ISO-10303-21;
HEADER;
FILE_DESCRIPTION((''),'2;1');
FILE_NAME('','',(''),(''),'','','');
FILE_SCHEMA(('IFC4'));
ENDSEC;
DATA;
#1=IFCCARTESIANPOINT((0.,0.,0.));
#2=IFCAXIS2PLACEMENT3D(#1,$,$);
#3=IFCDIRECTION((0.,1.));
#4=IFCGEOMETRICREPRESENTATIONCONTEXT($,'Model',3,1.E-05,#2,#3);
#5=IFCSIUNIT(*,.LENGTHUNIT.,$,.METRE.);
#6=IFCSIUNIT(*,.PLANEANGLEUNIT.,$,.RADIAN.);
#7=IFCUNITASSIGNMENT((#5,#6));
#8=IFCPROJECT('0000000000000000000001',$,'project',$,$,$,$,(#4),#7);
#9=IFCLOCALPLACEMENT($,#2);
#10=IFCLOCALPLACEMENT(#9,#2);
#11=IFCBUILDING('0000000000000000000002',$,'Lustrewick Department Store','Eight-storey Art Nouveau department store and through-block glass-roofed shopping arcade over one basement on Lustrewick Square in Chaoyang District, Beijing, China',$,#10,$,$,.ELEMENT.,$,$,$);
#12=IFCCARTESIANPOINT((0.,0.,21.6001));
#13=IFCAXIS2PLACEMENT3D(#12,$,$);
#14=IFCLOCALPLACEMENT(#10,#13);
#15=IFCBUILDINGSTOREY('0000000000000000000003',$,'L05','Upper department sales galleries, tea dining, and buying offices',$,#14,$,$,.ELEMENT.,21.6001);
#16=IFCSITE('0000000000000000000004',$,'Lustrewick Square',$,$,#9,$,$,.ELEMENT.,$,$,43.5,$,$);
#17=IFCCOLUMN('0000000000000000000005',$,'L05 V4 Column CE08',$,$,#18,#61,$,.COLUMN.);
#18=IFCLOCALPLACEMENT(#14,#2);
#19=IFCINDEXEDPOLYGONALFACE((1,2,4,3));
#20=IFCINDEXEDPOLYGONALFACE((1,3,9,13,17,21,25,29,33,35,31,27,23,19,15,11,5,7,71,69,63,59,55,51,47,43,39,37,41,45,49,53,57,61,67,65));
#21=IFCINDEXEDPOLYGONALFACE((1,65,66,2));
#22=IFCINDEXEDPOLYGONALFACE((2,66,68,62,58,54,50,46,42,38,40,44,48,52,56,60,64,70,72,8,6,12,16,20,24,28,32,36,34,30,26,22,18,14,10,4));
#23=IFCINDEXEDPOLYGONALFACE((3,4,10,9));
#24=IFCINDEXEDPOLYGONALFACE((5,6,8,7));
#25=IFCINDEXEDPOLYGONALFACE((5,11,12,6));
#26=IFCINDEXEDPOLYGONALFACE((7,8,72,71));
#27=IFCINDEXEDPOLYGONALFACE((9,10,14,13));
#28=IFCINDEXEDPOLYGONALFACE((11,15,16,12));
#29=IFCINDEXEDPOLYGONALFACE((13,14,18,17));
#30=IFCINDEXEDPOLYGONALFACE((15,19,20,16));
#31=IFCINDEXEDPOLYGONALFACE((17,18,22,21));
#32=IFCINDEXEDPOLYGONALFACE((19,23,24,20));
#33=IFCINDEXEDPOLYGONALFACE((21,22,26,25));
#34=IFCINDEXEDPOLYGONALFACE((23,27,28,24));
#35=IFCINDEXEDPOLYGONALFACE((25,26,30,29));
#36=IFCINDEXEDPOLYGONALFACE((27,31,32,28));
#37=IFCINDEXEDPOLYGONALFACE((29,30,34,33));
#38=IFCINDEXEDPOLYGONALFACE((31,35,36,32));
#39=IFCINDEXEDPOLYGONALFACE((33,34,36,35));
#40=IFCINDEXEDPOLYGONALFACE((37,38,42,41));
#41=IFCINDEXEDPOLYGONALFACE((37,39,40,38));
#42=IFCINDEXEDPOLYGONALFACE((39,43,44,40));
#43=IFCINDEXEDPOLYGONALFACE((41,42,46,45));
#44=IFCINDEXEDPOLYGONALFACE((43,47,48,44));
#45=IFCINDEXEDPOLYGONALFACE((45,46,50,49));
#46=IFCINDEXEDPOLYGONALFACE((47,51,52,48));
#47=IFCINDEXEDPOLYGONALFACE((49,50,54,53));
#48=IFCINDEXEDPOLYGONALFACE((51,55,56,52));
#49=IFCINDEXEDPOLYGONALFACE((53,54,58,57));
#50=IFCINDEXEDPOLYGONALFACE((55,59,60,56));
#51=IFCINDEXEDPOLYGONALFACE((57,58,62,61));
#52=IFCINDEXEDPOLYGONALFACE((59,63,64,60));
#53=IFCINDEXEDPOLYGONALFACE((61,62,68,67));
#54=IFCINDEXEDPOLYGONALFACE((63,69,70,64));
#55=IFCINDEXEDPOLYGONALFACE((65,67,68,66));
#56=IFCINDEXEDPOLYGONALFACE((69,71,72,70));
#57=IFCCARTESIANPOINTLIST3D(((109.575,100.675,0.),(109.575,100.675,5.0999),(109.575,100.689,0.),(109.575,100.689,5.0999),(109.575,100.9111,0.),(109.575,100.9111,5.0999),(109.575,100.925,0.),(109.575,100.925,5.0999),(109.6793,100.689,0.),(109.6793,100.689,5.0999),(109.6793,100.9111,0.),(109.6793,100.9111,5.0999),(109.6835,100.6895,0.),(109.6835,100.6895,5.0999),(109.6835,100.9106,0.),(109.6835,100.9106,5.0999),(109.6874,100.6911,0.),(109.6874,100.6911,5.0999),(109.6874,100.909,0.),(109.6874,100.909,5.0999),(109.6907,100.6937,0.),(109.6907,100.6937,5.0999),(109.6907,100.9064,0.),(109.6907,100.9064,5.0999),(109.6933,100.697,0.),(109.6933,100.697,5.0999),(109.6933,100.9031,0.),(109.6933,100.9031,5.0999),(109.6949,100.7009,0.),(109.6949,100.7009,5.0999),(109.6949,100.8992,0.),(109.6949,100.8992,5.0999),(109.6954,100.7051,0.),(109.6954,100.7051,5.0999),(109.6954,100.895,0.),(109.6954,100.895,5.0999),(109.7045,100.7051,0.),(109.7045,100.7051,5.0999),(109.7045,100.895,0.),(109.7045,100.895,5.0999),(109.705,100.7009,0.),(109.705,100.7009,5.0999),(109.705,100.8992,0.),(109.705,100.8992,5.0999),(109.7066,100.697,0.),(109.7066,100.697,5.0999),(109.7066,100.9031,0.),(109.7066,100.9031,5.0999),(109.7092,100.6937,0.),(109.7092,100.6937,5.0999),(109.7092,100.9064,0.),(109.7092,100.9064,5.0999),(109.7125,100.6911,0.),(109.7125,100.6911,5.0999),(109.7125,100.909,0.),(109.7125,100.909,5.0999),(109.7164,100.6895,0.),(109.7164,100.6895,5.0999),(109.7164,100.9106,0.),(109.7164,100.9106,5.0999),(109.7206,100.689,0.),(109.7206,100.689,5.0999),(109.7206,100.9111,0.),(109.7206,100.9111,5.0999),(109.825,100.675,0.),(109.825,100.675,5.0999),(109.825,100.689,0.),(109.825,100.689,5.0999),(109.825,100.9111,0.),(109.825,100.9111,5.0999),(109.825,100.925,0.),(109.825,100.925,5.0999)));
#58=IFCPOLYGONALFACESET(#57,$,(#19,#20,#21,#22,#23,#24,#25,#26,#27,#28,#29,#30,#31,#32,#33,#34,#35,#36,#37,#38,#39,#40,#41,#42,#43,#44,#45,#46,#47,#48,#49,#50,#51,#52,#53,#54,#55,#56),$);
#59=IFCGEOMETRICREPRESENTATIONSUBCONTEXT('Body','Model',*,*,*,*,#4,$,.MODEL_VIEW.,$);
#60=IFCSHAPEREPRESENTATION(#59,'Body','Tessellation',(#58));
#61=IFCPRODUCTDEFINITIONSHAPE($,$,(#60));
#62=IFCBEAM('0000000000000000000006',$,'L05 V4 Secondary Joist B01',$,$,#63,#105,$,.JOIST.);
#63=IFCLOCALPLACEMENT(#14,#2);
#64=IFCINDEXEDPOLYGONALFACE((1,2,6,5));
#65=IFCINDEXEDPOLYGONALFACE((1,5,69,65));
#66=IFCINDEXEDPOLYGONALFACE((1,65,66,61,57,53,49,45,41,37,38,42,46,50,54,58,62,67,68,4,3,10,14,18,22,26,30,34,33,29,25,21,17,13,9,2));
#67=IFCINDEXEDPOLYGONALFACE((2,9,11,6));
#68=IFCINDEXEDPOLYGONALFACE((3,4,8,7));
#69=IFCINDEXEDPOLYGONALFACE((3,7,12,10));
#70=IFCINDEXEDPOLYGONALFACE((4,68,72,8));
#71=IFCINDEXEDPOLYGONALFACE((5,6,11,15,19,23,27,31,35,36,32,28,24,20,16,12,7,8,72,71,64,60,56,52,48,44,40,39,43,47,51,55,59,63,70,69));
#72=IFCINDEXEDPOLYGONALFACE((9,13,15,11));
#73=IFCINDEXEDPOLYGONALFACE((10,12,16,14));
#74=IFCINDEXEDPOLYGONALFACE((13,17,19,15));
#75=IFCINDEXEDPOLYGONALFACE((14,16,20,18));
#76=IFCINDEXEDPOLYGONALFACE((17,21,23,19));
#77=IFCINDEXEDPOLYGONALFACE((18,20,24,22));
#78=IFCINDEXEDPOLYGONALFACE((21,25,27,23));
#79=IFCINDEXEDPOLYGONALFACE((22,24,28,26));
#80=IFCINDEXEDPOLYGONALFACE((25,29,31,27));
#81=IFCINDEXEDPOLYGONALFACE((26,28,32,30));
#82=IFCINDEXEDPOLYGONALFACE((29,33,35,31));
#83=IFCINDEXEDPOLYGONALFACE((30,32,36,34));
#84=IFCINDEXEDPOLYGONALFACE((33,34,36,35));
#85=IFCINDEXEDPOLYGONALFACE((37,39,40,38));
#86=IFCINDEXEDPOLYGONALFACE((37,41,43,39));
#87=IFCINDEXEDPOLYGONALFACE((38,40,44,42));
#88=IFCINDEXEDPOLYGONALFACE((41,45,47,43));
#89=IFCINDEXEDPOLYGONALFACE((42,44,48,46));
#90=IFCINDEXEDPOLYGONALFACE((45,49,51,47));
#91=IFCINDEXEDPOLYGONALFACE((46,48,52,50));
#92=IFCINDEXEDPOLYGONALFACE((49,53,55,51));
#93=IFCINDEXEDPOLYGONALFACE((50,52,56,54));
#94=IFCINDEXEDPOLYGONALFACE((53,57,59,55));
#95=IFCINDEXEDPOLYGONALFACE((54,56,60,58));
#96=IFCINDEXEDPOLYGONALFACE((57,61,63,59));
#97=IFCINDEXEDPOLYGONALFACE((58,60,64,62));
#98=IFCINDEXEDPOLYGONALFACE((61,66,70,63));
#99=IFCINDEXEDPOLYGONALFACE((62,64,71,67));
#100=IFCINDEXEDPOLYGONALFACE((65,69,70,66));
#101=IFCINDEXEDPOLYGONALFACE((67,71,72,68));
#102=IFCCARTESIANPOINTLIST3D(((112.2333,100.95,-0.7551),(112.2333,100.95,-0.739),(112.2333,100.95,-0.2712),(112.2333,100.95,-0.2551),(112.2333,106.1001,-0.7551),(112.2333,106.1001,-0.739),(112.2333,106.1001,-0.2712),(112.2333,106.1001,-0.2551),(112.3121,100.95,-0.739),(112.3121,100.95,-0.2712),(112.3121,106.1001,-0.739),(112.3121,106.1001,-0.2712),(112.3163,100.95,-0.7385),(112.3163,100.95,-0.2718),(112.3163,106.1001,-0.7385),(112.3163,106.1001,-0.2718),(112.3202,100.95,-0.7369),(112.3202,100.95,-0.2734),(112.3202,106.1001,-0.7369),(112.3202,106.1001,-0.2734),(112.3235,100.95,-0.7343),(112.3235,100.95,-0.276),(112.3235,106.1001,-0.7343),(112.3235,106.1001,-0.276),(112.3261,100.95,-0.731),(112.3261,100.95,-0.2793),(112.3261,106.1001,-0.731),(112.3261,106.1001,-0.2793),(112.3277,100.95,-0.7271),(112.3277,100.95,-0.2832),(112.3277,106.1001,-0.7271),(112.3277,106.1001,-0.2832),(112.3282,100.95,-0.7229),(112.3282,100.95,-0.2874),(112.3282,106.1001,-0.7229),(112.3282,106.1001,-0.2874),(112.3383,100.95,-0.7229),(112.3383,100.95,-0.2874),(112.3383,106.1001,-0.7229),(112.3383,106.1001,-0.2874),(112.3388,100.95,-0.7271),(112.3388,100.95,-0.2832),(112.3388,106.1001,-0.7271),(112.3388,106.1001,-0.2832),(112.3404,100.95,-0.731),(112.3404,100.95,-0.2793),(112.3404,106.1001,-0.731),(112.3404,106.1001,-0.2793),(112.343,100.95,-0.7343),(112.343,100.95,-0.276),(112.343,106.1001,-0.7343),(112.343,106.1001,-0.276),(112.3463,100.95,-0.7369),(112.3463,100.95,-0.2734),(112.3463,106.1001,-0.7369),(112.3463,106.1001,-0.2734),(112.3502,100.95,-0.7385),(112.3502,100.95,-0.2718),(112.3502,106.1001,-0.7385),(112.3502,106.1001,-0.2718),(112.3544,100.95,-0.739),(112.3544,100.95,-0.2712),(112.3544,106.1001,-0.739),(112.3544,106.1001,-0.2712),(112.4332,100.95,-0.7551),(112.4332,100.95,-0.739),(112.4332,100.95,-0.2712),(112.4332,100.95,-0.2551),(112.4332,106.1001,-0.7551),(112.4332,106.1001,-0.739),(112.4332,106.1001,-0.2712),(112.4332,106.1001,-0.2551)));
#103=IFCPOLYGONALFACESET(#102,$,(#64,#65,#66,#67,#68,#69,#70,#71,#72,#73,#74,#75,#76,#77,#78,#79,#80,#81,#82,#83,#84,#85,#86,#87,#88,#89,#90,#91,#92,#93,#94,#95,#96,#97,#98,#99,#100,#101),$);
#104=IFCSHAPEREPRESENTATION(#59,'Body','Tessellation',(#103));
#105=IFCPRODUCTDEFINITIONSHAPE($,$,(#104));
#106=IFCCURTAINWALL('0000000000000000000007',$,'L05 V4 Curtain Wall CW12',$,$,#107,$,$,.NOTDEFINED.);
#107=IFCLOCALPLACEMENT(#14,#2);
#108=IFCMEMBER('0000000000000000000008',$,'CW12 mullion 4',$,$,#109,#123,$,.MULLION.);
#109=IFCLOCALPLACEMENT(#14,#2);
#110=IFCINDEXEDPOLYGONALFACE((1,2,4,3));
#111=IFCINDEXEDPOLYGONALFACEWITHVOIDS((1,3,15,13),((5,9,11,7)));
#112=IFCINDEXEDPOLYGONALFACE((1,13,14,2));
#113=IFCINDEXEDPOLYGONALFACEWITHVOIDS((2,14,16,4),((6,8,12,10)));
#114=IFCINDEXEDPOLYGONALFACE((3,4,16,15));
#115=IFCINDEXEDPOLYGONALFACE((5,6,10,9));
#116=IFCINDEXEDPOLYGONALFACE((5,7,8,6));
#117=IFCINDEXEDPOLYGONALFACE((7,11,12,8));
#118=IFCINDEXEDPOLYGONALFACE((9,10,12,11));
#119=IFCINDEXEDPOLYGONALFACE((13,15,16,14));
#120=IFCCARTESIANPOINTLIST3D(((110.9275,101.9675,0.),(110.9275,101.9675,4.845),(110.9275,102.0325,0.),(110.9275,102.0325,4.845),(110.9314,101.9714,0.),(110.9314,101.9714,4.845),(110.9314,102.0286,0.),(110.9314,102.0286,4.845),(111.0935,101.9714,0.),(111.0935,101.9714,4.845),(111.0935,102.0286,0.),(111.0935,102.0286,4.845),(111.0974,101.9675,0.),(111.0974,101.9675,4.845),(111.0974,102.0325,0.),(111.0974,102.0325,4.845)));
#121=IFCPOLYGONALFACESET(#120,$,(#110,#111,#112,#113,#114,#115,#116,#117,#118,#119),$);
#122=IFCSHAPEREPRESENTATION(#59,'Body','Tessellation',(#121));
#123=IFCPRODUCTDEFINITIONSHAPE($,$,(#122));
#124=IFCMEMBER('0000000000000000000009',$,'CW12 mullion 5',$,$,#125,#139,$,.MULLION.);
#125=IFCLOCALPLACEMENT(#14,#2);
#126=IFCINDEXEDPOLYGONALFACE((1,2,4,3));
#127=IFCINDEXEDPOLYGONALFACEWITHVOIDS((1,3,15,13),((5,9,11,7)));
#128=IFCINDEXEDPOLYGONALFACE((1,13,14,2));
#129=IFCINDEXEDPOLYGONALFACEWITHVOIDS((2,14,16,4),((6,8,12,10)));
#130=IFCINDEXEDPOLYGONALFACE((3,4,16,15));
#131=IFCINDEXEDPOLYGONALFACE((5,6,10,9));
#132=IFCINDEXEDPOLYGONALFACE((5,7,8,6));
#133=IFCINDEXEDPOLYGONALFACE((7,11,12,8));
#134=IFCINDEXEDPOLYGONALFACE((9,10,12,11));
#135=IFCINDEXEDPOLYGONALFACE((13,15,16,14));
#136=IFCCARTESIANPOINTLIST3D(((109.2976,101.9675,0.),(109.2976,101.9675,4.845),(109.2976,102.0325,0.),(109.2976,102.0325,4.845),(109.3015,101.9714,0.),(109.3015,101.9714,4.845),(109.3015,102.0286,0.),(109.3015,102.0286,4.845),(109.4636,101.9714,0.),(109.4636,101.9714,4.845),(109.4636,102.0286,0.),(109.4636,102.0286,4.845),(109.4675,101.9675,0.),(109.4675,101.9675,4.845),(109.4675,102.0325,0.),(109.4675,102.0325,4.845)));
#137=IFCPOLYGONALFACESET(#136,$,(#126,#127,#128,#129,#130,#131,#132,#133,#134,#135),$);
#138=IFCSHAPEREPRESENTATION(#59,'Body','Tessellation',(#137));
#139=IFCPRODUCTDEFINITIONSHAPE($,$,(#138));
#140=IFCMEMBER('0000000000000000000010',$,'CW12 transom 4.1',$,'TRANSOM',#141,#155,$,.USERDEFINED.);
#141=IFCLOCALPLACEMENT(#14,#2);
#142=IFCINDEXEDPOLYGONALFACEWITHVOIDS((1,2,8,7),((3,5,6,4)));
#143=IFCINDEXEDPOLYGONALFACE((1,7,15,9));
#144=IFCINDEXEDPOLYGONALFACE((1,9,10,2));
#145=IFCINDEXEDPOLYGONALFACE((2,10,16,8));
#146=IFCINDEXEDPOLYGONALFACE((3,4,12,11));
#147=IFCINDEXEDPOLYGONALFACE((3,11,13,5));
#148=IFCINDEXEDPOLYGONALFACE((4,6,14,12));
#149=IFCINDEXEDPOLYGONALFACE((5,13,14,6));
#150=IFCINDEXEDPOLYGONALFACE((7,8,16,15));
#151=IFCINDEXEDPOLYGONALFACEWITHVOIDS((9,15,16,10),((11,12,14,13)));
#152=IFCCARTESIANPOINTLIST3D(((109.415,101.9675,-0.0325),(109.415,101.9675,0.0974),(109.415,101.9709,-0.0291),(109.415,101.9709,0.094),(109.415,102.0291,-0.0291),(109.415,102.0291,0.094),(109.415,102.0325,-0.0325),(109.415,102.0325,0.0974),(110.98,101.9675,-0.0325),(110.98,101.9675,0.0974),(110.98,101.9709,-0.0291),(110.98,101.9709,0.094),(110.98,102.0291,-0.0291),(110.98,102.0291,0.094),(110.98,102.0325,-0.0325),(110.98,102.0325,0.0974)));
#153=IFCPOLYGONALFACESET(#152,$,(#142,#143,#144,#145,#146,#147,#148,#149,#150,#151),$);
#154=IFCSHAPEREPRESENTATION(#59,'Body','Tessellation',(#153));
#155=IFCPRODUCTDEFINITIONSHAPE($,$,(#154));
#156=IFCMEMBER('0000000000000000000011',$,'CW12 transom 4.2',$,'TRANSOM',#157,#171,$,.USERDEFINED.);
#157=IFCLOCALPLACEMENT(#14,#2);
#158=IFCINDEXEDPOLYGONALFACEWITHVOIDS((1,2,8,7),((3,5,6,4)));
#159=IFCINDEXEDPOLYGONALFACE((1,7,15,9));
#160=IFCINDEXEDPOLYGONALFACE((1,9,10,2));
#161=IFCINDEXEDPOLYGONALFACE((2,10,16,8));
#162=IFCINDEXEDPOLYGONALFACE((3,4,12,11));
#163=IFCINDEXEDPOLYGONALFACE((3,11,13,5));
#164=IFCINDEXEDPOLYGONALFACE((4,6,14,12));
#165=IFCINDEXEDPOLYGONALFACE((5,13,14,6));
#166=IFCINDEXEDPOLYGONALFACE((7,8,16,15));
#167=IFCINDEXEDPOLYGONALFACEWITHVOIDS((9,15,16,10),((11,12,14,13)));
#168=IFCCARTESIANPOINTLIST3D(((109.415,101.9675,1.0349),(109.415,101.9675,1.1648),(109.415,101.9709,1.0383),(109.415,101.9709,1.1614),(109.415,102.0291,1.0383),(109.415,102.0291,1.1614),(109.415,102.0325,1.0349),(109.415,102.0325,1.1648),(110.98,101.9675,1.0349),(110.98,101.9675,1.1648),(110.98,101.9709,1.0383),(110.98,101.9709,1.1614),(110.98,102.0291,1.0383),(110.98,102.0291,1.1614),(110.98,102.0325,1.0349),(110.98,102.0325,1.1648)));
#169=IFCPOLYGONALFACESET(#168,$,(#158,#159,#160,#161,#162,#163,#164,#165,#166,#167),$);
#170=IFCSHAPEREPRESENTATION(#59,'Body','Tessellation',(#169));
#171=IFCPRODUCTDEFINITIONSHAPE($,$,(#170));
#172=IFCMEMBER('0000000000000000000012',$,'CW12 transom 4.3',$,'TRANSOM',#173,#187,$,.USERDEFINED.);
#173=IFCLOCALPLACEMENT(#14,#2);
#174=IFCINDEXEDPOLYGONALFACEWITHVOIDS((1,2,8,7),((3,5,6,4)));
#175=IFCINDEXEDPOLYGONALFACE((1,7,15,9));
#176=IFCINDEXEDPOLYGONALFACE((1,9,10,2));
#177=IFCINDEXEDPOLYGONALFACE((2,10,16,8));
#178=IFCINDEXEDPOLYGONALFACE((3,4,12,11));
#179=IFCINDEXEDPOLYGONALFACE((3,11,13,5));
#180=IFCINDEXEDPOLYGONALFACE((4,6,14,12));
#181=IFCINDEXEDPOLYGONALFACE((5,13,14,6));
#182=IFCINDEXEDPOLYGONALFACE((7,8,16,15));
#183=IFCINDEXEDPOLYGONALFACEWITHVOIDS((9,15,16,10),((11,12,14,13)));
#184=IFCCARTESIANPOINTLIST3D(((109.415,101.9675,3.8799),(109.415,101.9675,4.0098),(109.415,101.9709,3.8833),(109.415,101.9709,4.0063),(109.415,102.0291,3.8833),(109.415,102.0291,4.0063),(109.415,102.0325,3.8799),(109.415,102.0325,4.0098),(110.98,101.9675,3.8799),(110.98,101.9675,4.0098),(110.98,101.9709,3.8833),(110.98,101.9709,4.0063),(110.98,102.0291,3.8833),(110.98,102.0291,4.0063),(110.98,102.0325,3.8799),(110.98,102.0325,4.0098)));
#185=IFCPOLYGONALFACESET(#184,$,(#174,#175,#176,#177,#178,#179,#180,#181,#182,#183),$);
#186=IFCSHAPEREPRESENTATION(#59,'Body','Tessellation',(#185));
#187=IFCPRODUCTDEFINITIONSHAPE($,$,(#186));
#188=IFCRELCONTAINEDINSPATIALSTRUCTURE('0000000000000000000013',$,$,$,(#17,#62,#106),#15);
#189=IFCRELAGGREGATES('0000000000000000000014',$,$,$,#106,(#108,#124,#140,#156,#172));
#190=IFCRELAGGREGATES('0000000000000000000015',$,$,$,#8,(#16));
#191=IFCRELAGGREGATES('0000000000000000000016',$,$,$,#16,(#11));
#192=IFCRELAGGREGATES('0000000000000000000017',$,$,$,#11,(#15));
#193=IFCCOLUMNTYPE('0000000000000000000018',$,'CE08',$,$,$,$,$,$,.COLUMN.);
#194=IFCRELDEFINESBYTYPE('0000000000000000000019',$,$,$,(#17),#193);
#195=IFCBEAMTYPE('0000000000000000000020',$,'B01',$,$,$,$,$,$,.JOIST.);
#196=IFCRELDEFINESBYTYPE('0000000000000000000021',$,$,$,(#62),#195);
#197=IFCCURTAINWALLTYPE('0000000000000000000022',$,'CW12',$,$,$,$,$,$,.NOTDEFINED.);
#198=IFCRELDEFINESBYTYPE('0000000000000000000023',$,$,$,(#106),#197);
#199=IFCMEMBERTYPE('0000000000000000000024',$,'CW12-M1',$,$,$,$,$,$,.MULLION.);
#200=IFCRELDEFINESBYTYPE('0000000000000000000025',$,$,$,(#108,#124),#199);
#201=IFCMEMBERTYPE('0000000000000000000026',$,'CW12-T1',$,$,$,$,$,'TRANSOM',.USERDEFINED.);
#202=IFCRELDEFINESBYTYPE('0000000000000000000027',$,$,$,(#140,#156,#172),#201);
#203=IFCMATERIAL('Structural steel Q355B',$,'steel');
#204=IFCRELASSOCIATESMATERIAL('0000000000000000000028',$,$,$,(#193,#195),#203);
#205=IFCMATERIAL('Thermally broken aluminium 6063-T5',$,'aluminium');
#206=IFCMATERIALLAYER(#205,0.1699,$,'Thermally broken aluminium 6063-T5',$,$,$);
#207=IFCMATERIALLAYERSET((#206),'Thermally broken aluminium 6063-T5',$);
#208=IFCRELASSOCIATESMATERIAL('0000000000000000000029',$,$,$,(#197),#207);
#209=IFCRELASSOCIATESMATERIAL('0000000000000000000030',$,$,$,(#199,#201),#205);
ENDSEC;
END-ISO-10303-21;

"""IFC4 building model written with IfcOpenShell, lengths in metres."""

from ifc_helpers import new_model, si_unit, direction, frame, origin, origin_2d, place, context, subcontext, project, spatial, hollow_rectangle, i_section, extrude, material, layer, layer_set, material_profile, profile_set, type_object, element, aggregate, save


model = new_model("IFC4")

# Units and contexts
model_context = context("Model", 3, precision=1e-05, world=origin(), true_north=direction((0.0, 1.0)))
body_context = subcontext(model_context, "Body", "Model", "MODEL_VIEW")
ifc_project = project(units=[si_unit("LENGTHUNIT", "METRE"), si_unit("PLANEANGLEUNIT", "RADIAN")], contexts=[model_context])

# Site, building, storey
site_placement = place(None, origin())
site = spatial("IfcSite", under=ifc_project, at=site_placement, Name="Lustrewick Square", CompositionType="ELEMENT", RefElevation=43.5)
building_placement = place(site_placement, origin())
building = spatial("IfcBuilding", under=site, at=building_placement, Name="Lustrewick Department Store", Description="Eight-storey Art Nouveau department store and through-block glass-roofed shopping arcade over one basement on Lustrewick Square in Chaoyang District, Beijing, China", CompositionType="ELEMENT")
storey_placement = place(building_placement, frame((0.0, 0.0, 21.6001)))
storey = spatial("IfcBuildingStorey", under=building, at=storey_placement, Name="L05", Description="Upper department sales galleries, tea dining, and buying offices", CompositionType="ELEMENT", Elevation=21.6001)

# Column
ifc_material_1 = material(Name="Structural steel Q355B", Category="steel")
ifc_material_profile_1 = material_profile(ifc_material_1, i_section(OverallWidth=0.25, OverallDepth=0.25, WebThickness=0.009, FlangeThickness=0.0139, FilletRadius=0.0161, at=origin_2d()), Name="HW 250x250x9x14")
ifc_profile_set_1 = profile_set([ifc_material_profile_1], Name="Structural steel Q355B")
column_type = type_object("IfcColumnType", Name="CE08", PredefinedType="COLUMN", material=ifc_profile_set_1)
column_placement = place(storey_placement, frame((109.7, 100.8, 0.0), z_axis=(0.0, 0.0, 1.0), x_axis=(1.0, 0.0, 0.0)))
element("IfcColumn", 1, at=column_placement, inside=storey, type_object=column_type, Name="L05 V4 Column CE08", PredefinedType="COLUMN", context=body_context, shape_type="SweptSolid", body=[
    extrude(i_section(OverallWidth=0.25, OverallDepth=0.25, WebThickness=0.009, FlangeThickness=0.0139, FilletRadius=0.0161, at=origin_2d()), origin(), (0.0, 0.0, 1.0), 5.0999),
])

# Beam
ifc_material_profile_2 = material_profile(ifc_material_1, i_section(OverallWidth=0.2, OverallDepth=0.5, WebThickness=0.01, FlangeThickness=0.0161, FilletRadius=0.0161, at=origin_2d()), Name="HN 500x200x10x16")
ifc_profile_set_2 = profile_set([ifc_material_profile_2], Name="Structural steel Q355B")
beam_type_1 = type_object("IfcBeamType", Name="B01", PredefinedType="JOIST", material=ifc_profile_set_2)
beam_1_placement = place(storey_placement, frame((112.3333, 100.95, -0.5051), z_axis=(0.0, 1.0, 0.0), x_axis=(-1.0, 0.0, 0.0)))
element("IfcBeam", 2, at=beam_1_placement, inside=storey, type_object=beam_type_1, Name="L05 V4 Secondary Joist B01", PredefinedType="JOIST", context=body_context, shape_type="SweptSolid", body=[
    extrude(i_section(OverallWidth=0.2, OverallDepth=0.5, WebThickness=0.01, FlangeThickness=0.0161, FilletRadius=0.0161, at=origin_2d()), origin(), (0.0, 0.0, 1.0), 5.1501),
])

# Curtain wall, members
ifc_material_2 = material(Name="Thermally broken aluminium 6063-T5", Category="aluminium")
ifc_layer_1 = layer(ifc_material_2, 0.1699, Name="Thermally broken aluminium 6063-T5")
ifc_layer_set_1 = layer_set([ifc_layer_1], Name="Thermally broken aluminium 6063-T5")
curtain_wall_type = type_object("IfcCurtainWallType", Name="CW12", PredefinedType="NOTDEFINED", material=ifc_layer_set_1)
curtain_wall_placement = place(storey_placement, origin())
curtain_wall = element("IfcCurtainWall", 3, at=curtain_wall_placement, inside=storey, type_object=curtain_wall_type, Name="L05 V4 Curtain Wall CW12", PredefinedType="NOTDEFINED")
ifc_material_profile_3 = material_profile(ifc_material_2, hollow_rectangle(XDim=0.0649, YDim=0.1699, WallThickness=0.0039, at=origin_2d()), Name="ALU-M 65x170x4")
ifc_profile_set_3 = profile_set([ifc_material_profile_3], Name="Thermally broken aluminium 6063-T5")
member_type_1 = type_object("IfcMemberType", Name="CW12-M1", PredefinedType="MULLION", material=ifc_profile_set_3)
member_1_placement = place(storey_placement, frame((111.0125, 102.0, 0.0), z_axis=(0.0, 0.0, 1.0), x_axis=(0.0, -1.0, 0.0)))
member_1 = element("IfcMember", 4, at=member_1_placement, type_object=member_type_1, Name="CW12 mullion 4", PredefinedType="MULLION", context=body_context, shape_type="SweptSolid", body=[
    extrude(hollow_rectangle(XDim=0.0649, YDim=0.1699, WallThickness=0.0039, at=origin_2d()), origin(), (0.0, 0.0, 1.0), 4.845),
])
member_2_placement = place(storey_placement, frame((109.3826, 102.0, 0.0), z_axis=(0.0, 0.0, 1.0), x_axis=(0.0, -1.0, 0.0)))
member_2 = element("IfcMember", 5, at=member_2_placement, type_object=member_type_1, Name="CW12 mullion 5", PredefinedType="MULLION", context=body_context, shape_type="SweptSolid", body=[
    extrude(hollow_rectangle(XDim=0.0649, YDim=0.1699, WallThickness=0.0039, at=origin_2d()), origin(), (0.0, 0.0, 1.0), 4.845),
])
ifc_material_profile_4 = material_profile(ifc_material_2, hollow_rectangle(XDim=0.0649, YDim=0.1299, WallThickness=0.0034, at=origin_2d()), Name="ALU-T 65x130x3.5")
ifc_profile_set_4 = profile_set([ifc_material_profile_4], Name="Thermally broken aluminium 6063-T5")
member_type_2 = type_object("IfcMemberType", Name="CW12-T1", ElementType="TRANSOM", PredefinedType="USERDEFINED", material=ifc_profile_set_4)
member_3_placement = place(storey_placement, frame((110.98, 102.0, 0.0325), z_axis=(-1.0, 0.0, 0.0), x_axis=(0.0, -1.0, 0.0)))
member_3 = element("IfcMember", 6, at=member_3_placement, type_object=member_type_2, Name="CW12 transom 4.1", ObjectType="TRANSOM", PredefinedType="USERDEFINED", context=body_context, shape_type="SweptSolid", body=[
    extrude(hollow_rectangle(XDim=0.0649, YDim=0.1299, WallThickness=0.0034, at=origin_2d()), origin(), (0.0, 0.0, 1.0), 1.5649),
])
member_4_placement = place(storey_placement, frame((110.98, 102.0, 1.0999), z_axis=(-1.0, 0.0, 0.0), x_axis=(0.0, -1.0, 0.0)))
member_4 = element("IfcMember", 7, at=member_4_placement, type_object=member_type_2, Name="CW12 transom 4.2", ObjectType="TRANSOM", PredefinedType="USERDEFINED", context=body_context, shape_type="SweptSolid", body=[
    extrude(hollow_rectangle(XDim=0.0649, YDim=0.1299, WallThickness=0.0034, at=origin_2d()), origin(), (0.0, 0.0, 1.0), 1.5649),
])
member_5_placement = place(storey_placement, frame((110.98, 102.0, 3.9448), z_axis=(-1.0, 0.0, 0.0), x_axis=(0.0, -1.0, 0.0)))
member_5 = element("IfcMember", 8, at=member_5_placement, type_object=member_type_2, Name="CW12 transom 4.3", ObjectType="TRANSOM", PredefinedType="USERDEFINED", context=body_context, shape_type="SweptSolid", body=[
    extrude(hollow_rectangle(XDim=0.0649, YDim=0.1299, WallThickness=0.0034, at=origin_2d()), origin(), (0.0, 0.0, 1.0), 1.5649),
])

aggregate(curtain_wall, [member_1, member_2, member_3, member_4, member_5])

save(model, "model.ifc")
